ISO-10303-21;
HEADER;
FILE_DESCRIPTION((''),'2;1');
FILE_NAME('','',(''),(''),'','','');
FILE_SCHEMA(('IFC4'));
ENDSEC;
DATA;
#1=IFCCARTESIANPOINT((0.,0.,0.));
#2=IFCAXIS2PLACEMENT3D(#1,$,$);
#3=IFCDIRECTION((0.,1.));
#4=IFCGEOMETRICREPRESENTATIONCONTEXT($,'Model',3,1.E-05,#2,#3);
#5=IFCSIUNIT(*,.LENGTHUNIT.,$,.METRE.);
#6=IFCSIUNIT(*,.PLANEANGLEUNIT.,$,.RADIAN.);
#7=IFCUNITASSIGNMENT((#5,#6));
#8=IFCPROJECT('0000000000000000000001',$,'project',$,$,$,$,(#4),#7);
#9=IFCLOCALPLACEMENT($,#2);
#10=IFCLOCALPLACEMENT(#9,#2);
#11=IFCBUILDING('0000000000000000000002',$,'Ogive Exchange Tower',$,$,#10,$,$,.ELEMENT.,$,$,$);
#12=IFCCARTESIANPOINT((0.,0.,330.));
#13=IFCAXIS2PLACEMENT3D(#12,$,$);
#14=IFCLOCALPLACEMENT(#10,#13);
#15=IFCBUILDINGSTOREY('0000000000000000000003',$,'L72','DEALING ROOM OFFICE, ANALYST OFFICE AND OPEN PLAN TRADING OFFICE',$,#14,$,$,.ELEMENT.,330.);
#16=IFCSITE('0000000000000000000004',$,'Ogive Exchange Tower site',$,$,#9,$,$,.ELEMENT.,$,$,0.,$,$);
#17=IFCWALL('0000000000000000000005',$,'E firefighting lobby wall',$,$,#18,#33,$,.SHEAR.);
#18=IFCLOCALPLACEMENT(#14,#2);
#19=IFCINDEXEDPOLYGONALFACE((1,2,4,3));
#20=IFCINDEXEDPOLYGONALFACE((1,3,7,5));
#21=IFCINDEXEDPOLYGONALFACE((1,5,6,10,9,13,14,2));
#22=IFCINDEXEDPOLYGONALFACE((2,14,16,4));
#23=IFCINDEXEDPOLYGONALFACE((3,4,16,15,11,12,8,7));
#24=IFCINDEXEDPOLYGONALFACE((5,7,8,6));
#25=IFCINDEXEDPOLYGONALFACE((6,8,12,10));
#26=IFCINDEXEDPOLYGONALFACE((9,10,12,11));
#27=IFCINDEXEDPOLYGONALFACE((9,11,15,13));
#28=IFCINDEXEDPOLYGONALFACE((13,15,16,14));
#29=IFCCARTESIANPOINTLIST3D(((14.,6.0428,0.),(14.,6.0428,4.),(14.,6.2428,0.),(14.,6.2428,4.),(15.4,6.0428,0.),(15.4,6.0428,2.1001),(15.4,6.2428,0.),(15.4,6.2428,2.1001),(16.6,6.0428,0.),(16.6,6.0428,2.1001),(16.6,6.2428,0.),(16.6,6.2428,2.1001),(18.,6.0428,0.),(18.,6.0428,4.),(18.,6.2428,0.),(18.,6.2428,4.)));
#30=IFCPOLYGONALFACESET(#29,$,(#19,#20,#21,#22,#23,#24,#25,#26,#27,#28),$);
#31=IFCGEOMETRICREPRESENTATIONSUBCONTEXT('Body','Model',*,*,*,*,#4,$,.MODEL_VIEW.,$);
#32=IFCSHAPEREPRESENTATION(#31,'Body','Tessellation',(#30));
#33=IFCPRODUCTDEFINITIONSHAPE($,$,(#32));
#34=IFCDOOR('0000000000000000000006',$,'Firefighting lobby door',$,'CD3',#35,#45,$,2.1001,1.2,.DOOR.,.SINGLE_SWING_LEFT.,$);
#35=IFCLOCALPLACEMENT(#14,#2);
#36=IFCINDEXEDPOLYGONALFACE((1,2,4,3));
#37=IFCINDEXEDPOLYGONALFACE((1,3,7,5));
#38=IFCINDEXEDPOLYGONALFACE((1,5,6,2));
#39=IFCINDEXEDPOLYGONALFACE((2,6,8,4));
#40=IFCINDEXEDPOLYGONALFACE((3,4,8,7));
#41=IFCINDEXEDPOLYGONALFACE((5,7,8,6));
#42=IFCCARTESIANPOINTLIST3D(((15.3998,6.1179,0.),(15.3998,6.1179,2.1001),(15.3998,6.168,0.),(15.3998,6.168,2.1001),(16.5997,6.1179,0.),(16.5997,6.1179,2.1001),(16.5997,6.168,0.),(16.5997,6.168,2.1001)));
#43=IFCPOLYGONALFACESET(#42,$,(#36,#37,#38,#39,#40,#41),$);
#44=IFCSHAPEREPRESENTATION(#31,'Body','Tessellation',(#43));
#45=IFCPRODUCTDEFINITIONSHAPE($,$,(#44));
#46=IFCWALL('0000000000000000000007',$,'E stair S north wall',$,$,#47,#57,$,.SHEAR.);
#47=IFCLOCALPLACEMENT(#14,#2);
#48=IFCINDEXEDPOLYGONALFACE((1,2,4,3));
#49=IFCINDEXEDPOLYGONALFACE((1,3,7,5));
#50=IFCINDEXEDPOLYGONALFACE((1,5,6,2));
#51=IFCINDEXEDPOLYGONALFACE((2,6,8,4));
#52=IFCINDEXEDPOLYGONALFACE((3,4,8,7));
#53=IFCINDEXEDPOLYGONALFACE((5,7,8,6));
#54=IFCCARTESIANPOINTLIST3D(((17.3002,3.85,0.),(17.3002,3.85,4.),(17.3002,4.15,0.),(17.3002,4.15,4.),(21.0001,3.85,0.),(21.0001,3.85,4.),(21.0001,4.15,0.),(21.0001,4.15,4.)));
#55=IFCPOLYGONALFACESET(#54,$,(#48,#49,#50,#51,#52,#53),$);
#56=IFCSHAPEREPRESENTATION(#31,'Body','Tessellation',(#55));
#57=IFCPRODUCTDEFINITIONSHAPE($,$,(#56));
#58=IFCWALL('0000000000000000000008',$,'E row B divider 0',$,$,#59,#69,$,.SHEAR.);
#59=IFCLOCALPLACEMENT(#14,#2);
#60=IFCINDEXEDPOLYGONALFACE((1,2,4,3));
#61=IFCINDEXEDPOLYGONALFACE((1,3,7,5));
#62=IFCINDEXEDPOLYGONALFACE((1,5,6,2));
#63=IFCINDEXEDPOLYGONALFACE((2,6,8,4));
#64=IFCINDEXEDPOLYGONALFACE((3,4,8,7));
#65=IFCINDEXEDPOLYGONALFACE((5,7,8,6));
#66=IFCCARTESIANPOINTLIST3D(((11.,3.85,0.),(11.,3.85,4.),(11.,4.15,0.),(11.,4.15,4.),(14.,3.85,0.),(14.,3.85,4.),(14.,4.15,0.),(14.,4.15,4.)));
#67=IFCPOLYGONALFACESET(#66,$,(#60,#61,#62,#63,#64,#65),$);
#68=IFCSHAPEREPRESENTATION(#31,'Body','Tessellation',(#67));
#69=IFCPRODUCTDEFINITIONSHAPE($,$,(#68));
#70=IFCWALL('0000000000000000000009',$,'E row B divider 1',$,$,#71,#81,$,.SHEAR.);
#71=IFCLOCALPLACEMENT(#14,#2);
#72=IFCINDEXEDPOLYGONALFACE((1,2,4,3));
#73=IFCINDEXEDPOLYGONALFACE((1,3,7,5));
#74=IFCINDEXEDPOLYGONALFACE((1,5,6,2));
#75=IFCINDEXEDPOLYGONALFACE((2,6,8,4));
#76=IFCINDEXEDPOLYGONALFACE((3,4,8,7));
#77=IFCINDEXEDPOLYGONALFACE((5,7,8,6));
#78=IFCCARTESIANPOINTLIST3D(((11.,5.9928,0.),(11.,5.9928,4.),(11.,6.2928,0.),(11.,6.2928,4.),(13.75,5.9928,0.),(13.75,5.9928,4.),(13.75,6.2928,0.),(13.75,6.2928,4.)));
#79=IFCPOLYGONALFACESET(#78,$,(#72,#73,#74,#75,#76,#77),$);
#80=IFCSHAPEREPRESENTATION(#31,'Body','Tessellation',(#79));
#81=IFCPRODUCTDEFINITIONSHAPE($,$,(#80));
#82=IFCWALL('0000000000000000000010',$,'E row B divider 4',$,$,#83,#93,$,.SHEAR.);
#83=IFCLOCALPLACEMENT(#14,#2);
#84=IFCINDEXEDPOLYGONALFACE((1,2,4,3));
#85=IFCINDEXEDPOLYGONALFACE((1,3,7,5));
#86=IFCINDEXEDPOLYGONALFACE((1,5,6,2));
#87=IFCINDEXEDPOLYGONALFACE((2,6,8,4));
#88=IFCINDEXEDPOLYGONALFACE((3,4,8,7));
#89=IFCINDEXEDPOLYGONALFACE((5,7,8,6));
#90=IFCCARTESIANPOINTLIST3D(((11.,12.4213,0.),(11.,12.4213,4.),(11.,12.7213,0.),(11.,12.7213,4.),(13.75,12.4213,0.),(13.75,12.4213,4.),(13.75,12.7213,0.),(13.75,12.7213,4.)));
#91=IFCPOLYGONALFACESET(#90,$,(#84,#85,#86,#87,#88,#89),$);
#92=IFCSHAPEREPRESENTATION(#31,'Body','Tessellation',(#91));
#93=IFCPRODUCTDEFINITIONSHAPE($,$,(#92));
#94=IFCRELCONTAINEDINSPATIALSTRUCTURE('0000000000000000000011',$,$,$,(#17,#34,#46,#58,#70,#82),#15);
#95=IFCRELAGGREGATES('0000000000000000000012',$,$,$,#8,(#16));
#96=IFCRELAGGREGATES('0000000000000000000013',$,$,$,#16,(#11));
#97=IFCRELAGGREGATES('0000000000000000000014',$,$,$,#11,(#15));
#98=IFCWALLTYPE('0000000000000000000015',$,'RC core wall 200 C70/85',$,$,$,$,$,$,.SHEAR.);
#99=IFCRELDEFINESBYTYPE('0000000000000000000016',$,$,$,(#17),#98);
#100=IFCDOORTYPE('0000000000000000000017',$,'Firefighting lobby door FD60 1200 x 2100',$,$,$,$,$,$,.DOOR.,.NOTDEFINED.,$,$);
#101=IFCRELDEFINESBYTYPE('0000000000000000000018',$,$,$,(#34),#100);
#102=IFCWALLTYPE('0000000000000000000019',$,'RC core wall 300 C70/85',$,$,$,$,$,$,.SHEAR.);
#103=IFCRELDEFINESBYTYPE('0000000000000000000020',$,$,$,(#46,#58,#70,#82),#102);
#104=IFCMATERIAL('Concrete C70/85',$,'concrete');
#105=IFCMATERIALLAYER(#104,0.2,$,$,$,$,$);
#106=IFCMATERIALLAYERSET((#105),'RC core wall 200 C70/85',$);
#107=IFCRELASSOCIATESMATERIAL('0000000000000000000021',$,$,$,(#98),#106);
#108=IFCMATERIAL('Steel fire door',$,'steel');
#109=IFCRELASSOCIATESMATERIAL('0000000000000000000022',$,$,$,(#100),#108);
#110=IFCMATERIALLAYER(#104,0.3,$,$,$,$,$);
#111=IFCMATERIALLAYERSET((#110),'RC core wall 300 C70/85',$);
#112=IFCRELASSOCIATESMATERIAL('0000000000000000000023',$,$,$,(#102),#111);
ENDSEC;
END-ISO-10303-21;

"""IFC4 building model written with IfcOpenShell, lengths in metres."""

from ifc_helpers import new_model, si_unit, direction, frame, frame_2d, origin, place, context, subcontext, project, spatial, rectangle, extrude, material, layer, layer_set, type_object, element, fill, save


model = new_model("IFC4")

# Units and contexts
model_context = context("Model", 3, precision=1e-05, world=origin(), true_north=direction((0.0, 1.0)))
body_context = subcontext(model_context, "Body", "Model", "MODEL_VIEW")
ifc_project = project(units=[si_unit("LENGTHUNIT", "METRE"), si_unit("PLANEANGLEUNIT", "RADIAN")], contexts=[model_context])

# Site, building, storey
site_placement = place(None, origin())
site = spatial("IfcSite", under=ifc_project, at=site_placement, Name="Ogive Exchange Tower site", CompositionType="ELEMENT", RefElevation=0.0)
building_placement = place(site_placement, origin())
building = spatial("IfcBuilding", under=site, at=building_placement, Name="Ogive Exchange Tower", CompositionType="ELEMENT")
storey_placement = place(building_placement, frame((0.0, 0.0, 330.0)))
storey = spatial("IfcBuildingStorey", under=building, at=storey_placement, Name="L72", Description="DEALING ROOM OFFICE, ANALYST OFFICE AND OPEN PLAN TRADING OFFICE", CompositionType="ELEMENT", Elevation=330.0)

# Shared definitions
ifc_material_1 = material(Name="Concrete C70/85", Category="concrete")

# Wall, opening, door
ifc_layer_1 = layer(ifc_material_1, 0.2)
ifc_layer_set_1 = layer_set([ifc_layer_1], Name="RC core wall 200 C70/85")
wall_type_1 = type_object("IfcWallType", Name="RC core wall 200 C70/85", PredefinedType="SHEAR", material=ifc_layer_set_1)
wall_1_placement = place(storey_placement, frame((14.0, 6.1428, 0.0), z_axis=(0.0, 0.0, 1.0), x_axis=(1.0, 0.0, 0.0)))
wall_1 = element("IfcWall", 1, at=wall_1_placement, inside=storey, type_object=wall_type_1, Name="E firefighting lobby wall", PredefinedType="SHEAR", context=body_context, shape_type="SweptSolid", body=[
    extrude(rectangle(XDim=4.0, YDim=0.2, at=frame_2d((2.0, 0.0))), origin(), (0.0, 0.0, 1.0), 4.0),
])
opening_placement = place(wall_1_placement, frame((1.3999, 0.0, 0.0)))
opening = element("IfcOpeningElement", 2, at=opening_placement, cuts=wall_1, PredefinedType="OPENING", context=body_context, shape_type="SweptSolid", body=[
    extrude(rectangle(XDim=1.2, YDim=2.1001, at=frame_2d((0.6001, 1.05))), frame((0.0, 0.1099, 0.0), z_axis=(0.0, -1.0, 0.0), x_axis=(1.0, 0.0, 0.0)), (0.0, 0.0, 1.0), 0.22),
])
ifc_material_2 = material(Name="Steel fire door", Category="steel")
door_type = type_object("IfcDoorType", Name="Firefighting lobby door FD60 1200 x 2100", OperationType="NOTDEFINED", PredefinedType="DOOR", material=ifc_material_2)
door_placement = place(opening_placement, frame((1.2, 0.0, 0.0), z_axis=(0.0, 0.0, 1.0), x_axis=(-1.0, 0.0, 0.0)))
door = element("IfcDoor", 3, at=door_placement, inside=storey, type_object=door_type, Name="Firefighting lobby door", ObjectType="CD3", OperationType="SINGLE_SWING_LEFT", OverallHeight=2.1001, OverallWidth=1.2, PredefinedType="DOOR", context=body_context, shape_type="SweptSolid", body=[
    extrude(rectangle(XDim=1.2, YDim=2.1001, at=frame_2d((0.6001, 1.05))), frame((0.0, 0.0249, 0.0), z_axis=(0.0, -1.0, 0.0), x_axis=(1.0, 0.0, 0.0)), (0.0, 0.0, 1.0), 0.05),
])
fill(opening, door)

# Walls
ifc_layer_2 = layer(ifc_material_1, 0.3)
ifc_layer_set_2 = layer_set([ifc_layer_2], Name="RC core wall 300 C70/85")
wall_type_2 = type_object("IfcWallType", Name="RC core wall 300 C70/85", PredefinedType="SHEAR", material=ifc_layer_set_2)
wall_2_placement = place(storey_placement, frame((17.3, 4.0, 0.0), z_axis=(0.0, 0.0, 1.0), x_axis=(1.0, 0.0, 0.0)))
element("IfcWall", 4, at=wall_2_placement, inside=storey, type_object=wall_type_2, Name="E stair S north wall", PredefinedType="SHEAR", context=body_context, shape_type="SweptSolid", body=[
    extrude(rectangle(XDim=3.7, YDim=0.3, at=frame_2d((1.8501, 0.0))), origin(), (0.0, 0.0, 1.0), 4.0),
])
wall_3_placement = place(storey_placement, frame((11.0, 4.0, 0.0), z_axis=(0.0, 0.0, 1.0), x_axis=(1.0, 0.0, 0.0)))
element("IfcWall", 5, at=wall_3_placement, inside=storey, type_object=wall_type_2, Name="E row B divider 0", PredefinedType="SHEAR", context=body_context, shape_type="SweptSolid", body=[
    extrude(rectangle(XDim=3.0, YDim=0.3, at=frame_2d((1.5, 0.0))), origin(), (0.0, 0.0, 1.0), 4.0),
])
for number, where, z_axis, x_axis, name in (
    (6, (11.0, 6.1428, 0.0), (0.0, 0.0, 1.0), (1.0, 0.0, 0.0), "E row B divider 1"),
    (7, (11.0, 12.5713, 0.0), (0.0, 0.0, 1.0), (1.0, 0.0, 0.0), "E row B divider 4"),
):
    element("IfcWall", number, at=place(storey_placement, frame(where, z_axis=z_axis, x_axis=x_axis)), inside=storey, type_object=wall_type_2, Name=name, PredefinedType="SHEAR", context=body_context, shape_type="SweptSolid", body=[
        extrude(rectangle(XDim=2.75, YDim=0.3, at=frame_2d((1.375, 0.0))), origin(), (0.0, 0.0, 1.0), 4.0),
    ])

save(model, "model.ifc")
